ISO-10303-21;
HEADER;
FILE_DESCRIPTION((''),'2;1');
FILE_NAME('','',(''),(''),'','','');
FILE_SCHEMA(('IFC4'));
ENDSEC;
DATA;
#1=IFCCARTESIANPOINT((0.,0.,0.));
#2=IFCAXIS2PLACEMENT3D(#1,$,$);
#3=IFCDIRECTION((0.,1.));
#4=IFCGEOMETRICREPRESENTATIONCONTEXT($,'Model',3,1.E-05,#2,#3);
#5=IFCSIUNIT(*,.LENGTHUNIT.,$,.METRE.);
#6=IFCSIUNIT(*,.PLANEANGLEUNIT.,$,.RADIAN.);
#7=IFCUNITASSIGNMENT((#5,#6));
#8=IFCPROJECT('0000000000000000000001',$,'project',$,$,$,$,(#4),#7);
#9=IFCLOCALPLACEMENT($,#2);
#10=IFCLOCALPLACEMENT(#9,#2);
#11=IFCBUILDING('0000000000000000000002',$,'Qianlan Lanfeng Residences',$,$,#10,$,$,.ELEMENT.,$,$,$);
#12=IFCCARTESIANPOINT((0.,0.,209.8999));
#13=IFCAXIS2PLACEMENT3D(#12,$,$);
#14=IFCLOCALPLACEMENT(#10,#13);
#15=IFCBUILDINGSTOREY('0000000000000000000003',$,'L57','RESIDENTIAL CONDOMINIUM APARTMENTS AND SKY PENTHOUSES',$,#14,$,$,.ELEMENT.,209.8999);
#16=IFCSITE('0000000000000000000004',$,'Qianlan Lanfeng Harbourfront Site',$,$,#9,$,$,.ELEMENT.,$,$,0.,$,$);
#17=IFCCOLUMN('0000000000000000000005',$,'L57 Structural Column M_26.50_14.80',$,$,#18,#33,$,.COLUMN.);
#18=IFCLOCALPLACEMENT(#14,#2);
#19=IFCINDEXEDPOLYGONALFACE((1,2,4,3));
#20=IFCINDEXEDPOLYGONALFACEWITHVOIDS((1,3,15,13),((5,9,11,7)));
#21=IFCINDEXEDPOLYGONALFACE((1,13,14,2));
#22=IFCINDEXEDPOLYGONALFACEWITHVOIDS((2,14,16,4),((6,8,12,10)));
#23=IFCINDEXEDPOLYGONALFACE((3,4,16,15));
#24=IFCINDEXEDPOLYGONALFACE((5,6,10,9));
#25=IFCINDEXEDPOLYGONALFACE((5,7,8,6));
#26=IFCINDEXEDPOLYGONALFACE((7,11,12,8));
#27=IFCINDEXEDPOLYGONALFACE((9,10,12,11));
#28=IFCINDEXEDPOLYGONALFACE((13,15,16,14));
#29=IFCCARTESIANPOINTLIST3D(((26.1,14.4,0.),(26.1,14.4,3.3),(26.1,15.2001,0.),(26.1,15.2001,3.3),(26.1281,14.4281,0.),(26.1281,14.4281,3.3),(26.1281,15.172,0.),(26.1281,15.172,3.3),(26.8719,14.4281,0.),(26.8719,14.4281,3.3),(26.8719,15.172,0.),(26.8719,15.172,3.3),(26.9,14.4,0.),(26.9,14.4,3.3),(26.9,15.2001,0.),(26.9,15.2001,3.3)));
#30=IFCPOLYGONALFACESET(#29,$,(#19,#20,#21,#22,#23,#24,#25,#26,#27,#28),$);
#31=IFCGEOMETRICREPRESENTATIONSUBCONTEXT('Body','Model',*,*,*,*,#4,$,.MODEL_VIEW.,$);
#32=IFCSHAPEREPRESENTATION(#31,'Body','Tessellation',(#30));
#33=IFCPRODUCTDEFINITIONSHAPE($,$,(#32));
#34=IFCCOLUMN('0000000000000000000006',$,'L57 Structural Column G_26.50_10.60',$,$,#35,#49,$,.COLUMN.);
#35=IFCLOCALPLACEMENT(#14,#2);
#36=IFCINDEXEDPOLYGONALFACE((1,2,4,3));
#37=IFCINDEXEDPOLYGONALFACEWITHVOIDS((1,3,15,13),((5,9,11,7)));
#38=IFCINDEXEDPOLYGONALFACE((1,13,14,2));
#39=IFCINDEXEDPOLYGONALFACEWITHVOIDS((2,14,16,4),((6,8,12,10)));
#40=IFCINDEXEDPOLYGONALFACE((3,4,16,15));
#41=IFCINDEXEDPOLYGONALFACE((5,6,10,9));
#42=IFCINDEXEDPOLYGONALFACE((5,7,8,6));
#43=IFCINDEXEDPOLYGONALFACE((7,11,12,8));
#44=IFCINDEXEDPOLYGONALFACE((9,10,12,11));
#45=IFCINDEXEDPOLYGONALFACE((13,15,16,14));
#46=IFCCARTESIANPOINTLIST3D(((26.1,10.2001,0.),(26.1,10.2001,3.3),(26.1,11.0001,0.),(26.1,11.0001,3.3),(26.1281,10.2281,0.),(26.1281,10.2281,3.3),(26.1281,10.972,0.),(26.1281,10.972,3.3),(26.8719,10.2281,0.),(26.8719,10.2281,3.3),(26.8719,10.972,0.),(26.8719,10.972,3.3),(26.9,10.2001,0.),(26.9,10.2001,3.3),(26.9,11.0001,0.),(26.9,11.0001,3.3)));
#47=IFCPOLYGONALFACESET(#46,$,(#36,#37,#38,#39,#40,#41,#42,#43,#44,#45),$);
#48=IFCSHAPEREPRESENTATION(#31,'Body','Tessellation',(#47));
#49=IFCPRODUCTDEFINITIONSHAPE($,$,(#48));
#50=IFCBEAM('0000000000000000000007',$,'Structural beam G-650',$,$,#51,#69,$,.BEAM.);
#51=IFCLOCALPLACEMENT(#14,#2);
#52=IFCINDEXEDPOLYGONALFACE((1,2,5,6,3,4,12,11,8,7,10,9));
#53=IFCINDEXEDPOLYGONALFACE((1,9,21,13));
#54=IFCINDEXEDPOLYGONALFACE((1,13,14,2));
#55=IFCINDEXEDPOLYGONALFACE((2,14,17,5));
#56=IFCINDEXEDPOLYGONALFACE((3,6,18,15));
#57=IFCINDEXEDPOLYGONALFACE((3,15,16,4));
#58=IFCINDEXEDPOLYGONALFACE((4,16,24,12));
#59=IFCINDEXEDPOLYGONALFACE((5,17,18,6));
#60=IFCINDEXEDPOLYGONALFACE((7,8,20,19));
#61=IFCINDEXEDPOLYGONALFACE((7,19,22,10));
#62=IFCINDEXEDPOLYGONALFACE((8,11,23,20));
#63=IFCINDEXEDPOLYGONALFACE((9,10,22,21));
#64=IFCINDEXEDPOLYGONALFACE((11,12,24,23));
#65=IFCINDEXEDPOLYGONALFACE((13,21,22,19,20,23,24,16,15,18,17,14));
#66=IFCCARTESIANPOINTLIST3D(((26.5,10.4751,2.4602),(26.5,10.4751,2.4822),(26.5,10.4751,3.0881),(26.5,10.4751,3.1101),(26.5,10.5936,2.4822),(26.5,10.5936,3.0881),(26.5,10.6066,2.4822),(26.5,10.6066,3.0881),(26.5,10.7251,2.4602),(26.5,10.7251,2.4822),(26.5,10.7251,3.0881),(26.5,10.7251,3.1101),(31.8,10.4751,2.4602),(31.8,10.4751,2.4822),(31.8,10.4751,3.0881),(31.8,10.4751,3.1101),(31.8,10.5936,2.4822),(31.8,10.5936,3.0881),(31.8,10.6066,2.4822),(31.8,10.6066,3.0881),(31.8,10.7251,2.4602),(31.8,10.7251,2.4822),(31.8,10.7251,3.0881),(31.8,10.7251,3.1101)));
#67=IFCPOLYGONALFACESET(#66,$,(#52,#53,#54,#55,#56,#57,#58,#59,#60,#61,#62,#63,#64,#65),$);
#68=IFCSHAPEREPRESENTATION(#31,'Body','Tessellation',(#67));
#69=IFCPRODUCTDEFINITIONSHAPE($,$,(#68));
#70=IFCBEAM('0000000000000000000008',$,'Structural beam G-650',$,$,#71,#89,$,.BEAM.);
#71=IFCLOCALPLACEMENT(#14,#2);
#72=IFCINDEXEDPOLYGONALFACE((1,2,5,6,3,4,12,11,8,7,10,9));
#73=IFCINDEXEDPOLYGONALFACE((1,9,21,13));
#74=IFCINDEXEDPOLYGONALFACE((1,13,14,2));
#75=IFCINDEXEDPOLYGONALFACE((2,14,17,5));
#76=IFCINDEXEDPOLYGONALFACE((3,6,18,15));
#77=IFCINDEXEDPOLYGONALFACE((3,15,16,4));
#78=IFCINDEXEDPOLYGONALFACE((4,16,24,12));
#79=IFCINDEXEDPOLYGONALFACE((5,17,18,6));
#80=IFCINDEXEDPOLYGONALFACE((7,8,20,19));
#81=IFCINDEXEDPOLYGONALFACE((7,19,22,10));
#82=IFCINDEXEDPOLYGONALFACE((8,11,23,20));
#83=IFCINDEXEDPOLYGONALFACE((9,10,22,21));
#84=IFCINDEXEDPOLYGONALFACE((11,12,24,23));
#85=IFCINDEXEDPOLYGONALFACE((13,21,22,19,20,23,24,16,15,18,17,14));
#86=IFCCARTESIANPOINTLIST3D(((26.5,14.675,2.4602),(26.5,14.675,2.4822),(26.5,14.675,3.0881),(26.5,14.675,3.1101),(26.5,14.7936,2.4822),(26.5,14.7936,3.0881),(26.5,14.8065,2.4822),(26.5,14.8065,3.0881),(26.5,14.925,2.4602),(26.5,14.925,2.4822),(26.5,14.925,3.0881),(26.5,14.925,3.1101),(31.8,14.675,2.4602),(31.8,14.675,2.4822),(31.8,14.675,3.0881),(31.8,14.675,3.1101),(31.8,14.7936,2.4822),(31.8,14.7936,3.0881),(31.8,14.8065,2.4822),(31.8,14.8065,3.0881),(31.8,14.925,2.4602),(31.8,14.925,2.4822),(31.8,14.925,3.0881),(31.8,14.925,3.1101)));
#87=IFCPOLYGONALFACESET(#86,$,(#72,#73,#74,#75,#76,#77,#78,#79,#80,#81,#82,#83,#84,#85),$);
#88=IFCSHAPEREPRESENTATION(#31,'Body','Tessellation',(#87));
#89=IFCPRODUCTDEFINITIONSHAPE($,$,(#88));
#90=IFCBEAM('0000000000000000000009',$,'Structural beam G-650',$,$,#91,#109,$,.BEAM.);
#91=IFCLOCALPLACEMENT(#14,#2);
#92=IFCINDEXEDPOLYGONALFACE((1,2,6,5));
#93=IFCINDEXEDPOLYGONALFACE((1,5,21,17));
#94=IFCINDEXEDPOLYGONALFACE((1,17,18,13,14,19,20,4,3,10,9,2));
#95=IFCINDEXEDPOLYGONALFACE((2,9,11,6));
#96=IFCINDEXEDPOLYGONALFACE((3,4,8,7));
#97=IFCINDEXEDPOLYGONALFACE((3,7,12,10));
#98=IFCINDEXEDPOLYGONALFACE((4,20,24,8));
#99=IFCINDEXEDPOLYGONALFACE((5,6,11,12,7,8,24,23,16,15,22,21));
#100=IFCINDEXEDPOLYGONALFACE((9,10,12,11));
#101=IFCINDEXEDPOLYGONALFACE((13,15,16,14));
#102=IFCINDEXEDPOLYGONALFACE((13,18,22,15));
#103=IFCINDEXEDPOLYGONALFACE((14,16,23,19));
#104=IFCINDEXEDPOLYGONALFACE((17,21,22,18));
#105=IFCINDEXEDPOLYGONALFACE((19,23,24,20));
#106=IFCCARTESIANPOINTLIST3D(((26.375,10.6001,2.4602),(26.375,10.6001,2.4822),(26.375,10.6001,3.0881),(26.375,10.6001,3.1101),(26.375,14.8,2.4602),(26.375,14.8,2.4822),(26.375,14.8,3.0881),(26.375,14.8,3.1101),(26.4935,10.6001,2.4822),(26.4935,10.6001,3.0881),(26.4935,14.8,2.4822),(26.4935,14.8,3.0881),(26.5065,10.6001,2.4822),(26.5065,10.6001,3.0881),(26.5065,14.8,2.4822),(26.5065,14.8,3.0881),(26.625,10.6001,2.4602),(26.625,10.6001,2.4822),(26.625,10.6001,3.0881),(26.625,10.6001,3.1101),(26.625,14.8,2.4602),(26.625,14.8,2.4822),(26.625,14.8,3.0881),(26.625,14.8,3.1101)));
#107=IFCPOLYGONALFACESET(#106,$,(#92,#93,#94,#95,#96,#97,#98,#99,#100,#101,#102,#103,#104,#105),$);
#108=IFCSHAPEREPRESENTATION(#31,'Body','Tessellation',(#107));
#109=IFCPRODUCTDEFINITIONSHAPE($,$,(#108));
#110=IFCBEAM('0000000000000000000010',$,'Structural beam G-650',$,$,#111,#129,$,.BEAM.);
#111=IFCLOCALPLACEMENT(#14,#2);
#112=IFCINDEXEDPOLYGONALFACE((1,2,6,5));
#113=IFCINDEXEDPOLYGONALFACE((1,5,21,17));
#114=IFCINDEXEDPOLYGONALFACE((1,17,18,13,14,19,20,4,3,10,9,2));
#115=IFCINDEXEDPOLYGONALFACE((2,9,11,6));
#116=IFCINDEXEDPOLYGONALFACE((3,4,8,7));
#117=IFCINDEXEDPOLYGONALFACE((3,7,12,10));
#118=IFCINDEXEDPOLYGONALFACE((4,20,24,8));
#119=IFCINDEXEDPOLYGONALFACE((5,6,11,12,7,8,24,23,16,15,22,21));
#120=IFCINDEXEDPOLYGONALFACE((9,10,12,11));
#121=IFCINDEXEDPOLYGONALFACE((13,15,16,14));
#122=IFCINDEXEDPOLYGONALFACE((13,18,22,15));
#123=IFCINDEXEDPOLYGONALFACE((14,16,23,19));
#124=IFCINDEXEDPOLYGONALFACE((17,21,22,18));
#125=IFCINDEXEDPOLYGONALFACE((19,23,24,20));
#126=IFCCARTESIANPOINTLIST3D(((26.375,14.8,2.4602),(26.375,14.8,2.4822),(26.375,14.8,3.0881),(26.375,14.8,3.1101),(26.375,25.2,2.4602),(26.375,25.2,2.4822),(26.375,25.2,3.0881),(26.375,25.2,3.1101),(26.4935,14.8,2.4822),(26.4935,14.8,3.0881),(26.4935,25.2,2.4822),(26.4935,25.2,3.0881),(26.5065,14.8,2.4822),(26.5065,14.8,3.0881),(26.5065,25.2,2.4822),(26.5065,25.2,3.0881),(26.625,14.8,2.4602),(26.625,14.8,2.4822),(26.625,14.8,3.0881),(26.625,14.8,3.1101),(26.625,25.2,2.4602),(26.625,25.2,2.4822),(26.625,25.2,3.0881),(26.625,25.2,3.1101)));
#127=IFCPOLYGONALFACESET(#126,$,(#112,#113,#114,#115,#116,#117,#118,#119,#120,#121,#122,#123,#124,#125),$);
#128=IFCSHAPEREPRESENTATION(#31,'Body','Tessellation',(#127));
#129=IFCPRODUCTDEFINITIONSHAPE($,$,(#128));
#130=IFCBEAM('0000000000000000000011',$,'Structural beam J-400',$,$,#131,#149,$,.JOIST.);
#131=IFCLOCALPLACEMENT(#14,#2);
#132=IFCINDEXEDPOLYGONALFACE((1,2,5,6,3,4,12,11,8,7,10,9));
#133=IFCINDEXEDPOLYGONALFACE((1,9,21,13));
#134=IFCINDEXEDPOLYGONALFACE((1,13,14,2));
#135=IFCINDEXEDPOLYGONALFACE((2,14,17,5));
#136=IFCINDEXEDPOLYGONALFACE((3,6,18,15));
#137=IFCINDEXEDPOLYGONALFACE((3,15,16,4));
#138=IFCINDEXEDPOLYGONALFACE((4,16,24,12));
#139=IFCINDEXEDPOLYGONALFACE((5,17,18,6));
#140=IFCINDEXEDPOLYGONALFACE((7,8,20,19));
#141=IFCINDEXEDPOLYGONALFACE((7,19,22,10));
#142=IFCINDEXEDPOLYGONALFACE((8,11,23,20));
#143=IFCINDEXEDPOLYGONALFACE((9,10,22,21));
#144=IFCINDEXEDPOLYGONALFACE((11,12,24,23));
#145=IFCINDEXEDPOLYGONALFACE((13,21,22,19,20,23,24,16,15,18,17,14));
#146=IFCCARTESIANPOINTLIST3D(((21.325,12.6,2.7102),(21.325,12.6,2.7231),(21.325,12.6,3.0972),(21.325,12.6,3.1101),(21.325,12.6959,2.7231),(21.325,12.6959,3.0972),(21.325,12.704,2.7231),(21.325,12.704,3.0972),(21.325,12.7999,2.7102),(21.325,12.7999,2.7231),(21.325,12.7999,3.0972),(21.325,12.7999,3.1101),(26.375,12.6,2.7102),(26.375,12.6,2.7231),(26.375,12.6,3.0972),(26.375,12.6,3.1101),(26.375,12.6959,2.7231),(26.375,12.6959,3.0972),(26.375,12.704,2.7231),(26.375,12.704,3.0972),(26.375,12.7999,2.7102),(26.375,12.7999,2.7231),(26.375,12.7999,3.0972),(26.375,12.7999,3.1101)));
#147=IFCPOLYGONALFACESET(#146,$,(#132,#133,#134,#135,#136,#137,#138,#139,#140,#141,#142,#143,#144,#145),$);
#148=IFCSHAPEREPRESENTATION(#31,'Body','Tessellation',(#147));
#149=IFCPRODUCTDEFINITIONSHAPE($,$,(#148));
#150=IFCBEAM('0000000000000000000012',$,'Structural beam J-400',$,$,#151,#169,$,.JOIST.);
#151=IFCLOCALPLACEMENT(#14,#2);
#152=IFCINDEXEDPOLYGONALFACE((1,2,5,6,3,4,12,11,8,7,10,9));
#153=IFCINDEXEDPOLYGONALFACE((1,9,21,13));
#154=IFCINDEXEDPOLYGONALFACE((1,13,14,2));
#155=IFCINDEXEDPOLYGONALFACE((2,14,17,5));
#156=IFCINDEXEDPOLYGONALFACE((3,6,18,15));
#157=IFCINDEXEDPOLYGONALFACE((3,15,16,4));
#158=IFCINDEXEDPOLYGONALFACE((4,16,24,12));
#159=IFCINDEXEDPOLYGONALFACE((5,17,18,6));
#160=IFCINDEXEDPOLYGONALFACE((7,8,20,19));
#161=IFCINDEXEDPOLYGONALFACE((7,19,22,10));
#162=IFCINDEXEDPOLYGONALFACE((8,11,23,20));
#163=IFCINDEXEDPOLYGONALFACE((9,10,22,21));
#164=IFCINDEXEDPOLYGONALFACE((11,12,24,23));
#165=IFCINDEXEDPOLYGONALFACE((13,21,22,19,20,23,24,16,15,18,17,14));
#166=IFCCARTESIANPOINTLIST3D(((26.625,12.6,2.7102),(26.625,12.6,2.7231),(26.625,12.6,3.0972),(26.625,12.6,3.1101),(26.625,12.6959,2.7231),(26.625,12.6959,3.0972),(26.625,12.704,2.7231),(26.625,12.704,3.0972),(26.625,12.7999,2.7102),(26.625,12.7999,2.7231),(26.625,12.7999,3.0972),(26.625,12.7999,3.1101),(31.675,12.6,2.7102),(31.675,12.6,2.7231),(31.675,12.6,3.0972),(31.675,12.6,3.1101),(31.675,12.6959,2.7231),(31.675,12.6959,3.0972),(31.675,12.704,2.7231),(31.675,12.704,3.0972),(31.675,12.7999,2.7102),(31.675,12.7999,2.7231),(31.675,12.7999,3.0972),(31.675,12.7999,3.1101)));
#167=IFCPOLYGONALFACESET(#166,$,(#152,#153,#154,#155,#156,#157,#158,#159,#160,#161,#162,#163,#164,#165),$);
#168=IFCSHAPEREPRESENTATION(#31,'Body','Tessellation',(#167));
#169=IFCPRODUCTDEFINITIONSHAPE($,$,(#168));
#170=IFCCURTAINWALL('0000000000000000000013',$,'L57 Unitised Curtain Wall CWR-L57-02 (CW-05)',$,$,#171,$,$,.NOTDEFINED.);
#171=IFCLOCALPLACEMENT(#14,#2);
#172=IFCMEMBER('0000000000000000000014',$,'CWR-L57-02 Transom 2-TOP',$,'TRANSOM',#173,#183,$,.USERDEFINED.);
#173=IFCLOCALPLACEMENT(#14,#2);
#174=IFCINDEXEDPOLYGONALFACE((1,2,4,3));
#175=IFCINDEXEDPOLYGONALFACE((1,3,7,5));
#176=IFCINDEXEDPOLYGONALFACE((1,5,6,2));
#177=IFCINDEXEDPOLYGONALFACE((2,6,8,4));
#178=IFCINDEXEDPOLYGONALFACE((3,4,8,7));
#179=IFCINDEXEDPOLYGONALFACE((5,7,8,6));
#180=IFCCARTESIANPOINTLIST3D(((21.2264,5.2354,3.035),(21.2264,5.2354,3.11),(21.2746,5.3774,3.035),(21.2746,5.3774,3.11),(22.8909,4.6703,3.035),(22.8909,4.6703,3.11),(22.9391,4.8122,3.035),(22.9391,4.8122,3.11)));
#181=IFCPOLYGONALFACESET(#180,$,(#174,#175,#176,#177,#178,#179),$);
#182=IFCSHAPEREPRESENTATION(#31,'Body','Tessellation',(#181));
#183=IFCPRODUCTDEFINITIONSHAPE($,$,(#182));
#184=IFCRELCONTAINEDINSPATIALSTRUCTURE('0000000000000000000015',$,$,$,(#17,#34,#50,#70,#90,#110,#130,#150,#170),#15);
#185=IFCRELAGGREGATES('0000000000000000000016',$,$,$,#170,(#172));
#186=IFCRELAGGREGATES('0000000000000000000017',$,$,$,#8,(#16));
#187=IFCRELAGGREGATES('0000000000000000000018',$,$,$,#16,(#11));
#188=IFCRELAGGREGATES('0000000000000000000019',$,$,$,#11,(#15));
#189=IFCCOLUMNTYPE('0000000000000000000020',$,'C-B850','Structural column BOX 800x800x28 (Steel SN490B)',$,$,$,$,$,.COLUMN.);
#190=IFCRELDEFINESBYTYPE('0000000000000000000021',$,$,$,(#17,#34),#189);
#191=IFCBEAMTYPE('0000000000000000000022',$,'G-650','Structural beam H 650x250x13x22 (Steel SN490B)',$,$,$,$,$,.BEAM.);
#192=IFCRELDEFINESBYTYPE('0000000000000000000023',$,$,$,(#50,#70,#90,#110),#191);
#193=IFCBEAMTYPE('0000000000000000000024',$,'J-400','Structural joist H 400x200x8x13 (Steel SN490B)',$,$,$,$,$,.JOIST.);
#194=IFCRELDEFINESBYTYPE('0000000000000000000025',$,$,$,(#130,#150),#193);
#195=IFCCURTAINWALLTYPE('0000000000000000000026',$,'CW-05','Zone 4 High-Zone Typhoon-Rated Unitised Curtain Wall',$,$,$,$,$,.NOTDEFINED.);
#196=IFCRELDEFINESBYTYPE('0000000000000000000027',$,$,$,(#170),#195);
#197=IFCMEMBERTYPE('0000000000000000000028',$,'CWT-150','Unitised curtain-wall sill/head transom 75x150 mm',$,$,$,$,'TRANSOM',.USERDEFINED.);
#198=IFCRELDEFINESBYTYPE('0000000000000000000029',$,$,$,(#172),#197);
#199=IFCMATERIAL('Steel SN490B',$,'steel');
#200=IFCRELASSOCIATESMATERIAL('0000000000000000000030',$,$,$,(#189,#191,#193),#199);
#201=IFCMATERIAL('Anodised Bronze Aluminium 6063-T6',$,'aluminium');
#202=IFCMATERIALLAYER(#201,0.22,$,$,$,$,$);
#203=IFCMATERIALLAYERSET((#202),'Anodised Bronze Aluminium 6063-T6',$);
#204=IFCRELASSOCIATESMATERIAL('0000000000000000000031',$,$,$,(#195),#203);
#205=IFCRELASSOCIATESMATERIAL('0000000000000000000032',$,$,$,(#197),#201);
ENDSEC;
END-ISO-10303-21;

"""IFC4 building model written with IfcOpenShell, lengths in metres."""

from ifc_helpers import new_model, si_unit, direction, frame, origin, origin_2d, place, context, subcontext, project, spatial, rectangle, hollow_rectangle, i_section, extrude, source, transform, mapped, material, layer, layer_set, material_profile, profile_set, type_object, element, aggregate, save


model = new_model("IFC4")

# Units and contexts
model_context = context("Model", 3, precision=1e-05, world=origin(), true_north=direction((0.0, 1.0)))
body_context = subcontext(model_context, "Body", "Model", "MODEL_VIEW")
ifc_project = project(units=[si_unit("LENGTHUNIT", "METRE"), si_unit("PLANEANGLEUNIT", "RADIAN")], contexts=[model_context])

# Site, building, storey
site_placement = place(None, origin())
site = spatial("IfcSite", under=ifc_project, at=site_placement, Name="Qianlan Lanfeng Harbourfront Site", CompositionType="ELEMENT", RefElevation=0.0)
building_placement = place(site_placement, origin())
building = spatial("IfcBuilding", under=site, at=building_placement, Name="Qianlan Lanfeng Residences", CompositionType="ELEMENT")
storey_placement = place(building_placement, frame((0.0, 0.0, 209.8999)))
storey = spatial("IfcBuildingStorey", under=building, at=storey_placement, Name="L57", Description="RESIDENTIAL CONDOMINIUM APARTMENTS AND SKY PENTHOUSES", CompositionType="ELEMENT", Elevation=209.8999)

# Columns
ifc_material_1 = material(Name="Steel SN490B", Category="steel")
ifc_material_profile_1 = material_profile(ifc_material_1, hollow_rectangle(XDim=0.8, YDim=0.8, WallThickness=0.0281, at=origin_2d()), Name="BOX 800x800x28")
ifc_profile_set_1 = profile_set([ifc_material_profile_1], Name="Steel SN490B")
column_type = type_object("IfcColumnType", Name="C-B850", Description="Structural column BOX 800x800x28 (Steel SN490B)", PredefinedType="COLUMN", material=ifc_profile_set_1)
for number, where, z_axis, x_axis, name in (
    (1, (26.5, 14.8, 0.0), (0.0, 0.0, 1.0), (1.0, 0.0, 0.0), "L57 Structural Column M_26.50_14.80"),
    (2, (26.5, 10.6001, 0.0), (0.0, 0.0, 1.0), (1.0, 0.0, 0.0), "L57 Structural Column G_26.50_10.60"),
):
    element("IfcColumn", number, at=place(storey_placement, frame(where, z_axis=z_axis, x_axis=x_axis)), inside=storey, type_object=column_type, Name=name, PredefinedType="COLUMN", context=body_context, shape_type="SweptSolid", body=[
        extrude(hollow_rectangle(XDim=0.8, YDim=0.8, WallThickness=0.0281, at=origin_2d()), origin(), (0.0, 0.0, 1.0), 3.3),
    ])

# Beams
ifc_material_profile_2 = material_profile(ifc_material_1, i_section(OverallWidth=0.25, OverallDepth=0.6499, WebThickness=0.0129, FlangeThickness=0.022, at=origin_2d()), Name="H 650x250x13x22")
ifc_profile_set_2 = profile_set([ifc_material_profile_2], Name="Steel SN490B")
beam_type_1 = type_object("IfcBeamType", Name="G-650", Description="Structural beam H 650x250x13x22 (Steel SN490B)", PredefinedType="BEAM", material=ifc_profile_set_2)
for number, where, z_axis, x_axis, name in (
    (3, (26.5, 10.6001, 2.7852), (1.0, 0.0, 0.0), (0.0, 1.0, 0.0), "Structural beam G-650"),
    (4, (26.5, 14.8, 2.7852), (1.0, 0.0, 0.0), (0.0, 1.0, 0.0), "Structural beam G-650"),
):
    element("IfcBeam", number, at=place(storey_placement, frame(where, z_axis=z_axis, x_axis=x_axis)), inside=storey, type_object=beam_type_1, Name=name, PredefinedType="BEAM", context=body_context, shape_type="SweptSolid", body=[
        extrude(i_section(OverallWidth=0.25, OverallDepth=0.6499, WebThickness=0.0129, FlangeThickness=0.022, at=origin_2d()), origin(), (0.0, 0.0, 1.0), 5.3),
    ])
beam_1_placement = place(storey_placement, frame((26.5, 10.6001, 2.7852), z_axis=(0.0, 1.0, 0.0), x_axis=(-1.0, 0.0, 0.0)))
element("IfcBeam", 5, at=beam_1_placement, inside=storey, type_object=beam_type_1, Name="Structural beam G-650", PredefinedType="BEAM", context=body_context, shape_type="SweptSolid", body=[
    extrude(i_section(OverallWidth=0.25, OverallDepth=0.6499, WebThickness=0.0129, FlangeThickness=0.022, at=origin_2d()), origin(), (0.0, 0.0, 1.0), 4.2),
])
beam_2_placement = place(storey_placement, frame((26.5, 14.8, 2.7852), z_axis=(0.0, 1.0, 0.0), x_axis=(-1.0, 0.0, 0.0)))
element("IfcBeam", 6, at=beam_2_placement, inside=storey, type_object=beam_type_1, Name="Structural beam G-650", PredefinedType="BEAM", context=body_context, shape_type="SweptSolid", body=[
    extrude(i_section(OverallWidth=0.25, OverallDepth=0.6499, WebThickness=0.0129, FlangeThickness=0.022, at=origin_2d()), origin(), (0.0, 0.0, 1.0), 10.3999),
])
ifc_material_profile_3 = material_profile(ifc_material_1, i_section(OverallWidth=0.2, OverallDepth=0.3999, WebThickness=0.0081, FlangeThickness=0.0129, at=origin_2d()), Name="H 400x200x8x13")
ifc_profile_set_3 = profile_set([ifc_material_profile_3], Name="Steel SN490B")
beam_type_2 = type_object("IfcBeamType", Name="J-400", Description="Structural joist H 400x200x8x13 (Steel SN490B)", PredefinedType="JOIST", material=ifc_profile_set_3)
for number, where, z_axis, x_axis, name in (
    (7, (21.325, 12.7, 2.9102), (1.0, 0.0, 0.0), (0.0, 1.0, 0.0), "Structural beam J-400"),
    (8, (26.625, 12.7, 2.9102), (1.0, 0.0, 0.0), (0.0, 1.0, 0.0), "Structural beam J-400"),
):
    element("IfcBeam", number, at=place(storey_placement, frame(where, z_axis=z_axis, x_axis=x_axis)), inside=storey, type_object=beam_type_2, Name=name, PredefinedType="JOIST", context=body_context, shape_type="SweptSolid", body=[
        extrude(i_section(OverallWidth=0.2, OverallDepth=0.3999, WebThickness=0.0081, FlangeThickness=0.0129, at=origin_2d()), origin(), (0.0, 0.0, 1.0), 5.05),
    ])

# Curtain wall, member
ifc_material_2 = material(Name="Anodised Bronze Aluminium 6063-T6", Category="aluminium")
ifc_layer_1 = layer(ifc_material_2, 0.22)
ifc_layer_set_1 = layer_set([ifc_layer_1], Name="Anodised Bronze Aluminium 6063-T6")
curtain_wall_type = type_object("IfcCurtainWallType", Name="CW-05", Description="Zone 4 High-Zone Typhoon-Rated Unitised Curtain Wall", PredefinedType="NOTDEFINED", material=ifc_layer_set_1)
curtain_wall_1_placement = place(storey_placement, origin())
curtain_wall_1 = element("IfcCurtainWall", 9, at=curtain_wall_1_placement, inside=storey, type_object=curtain_wall_type, Name="L57 Unitised Curtain Wall CWR-L57-02 (CW-05)", PredefinedType="NOTDEFINED")
ifc_material_profile_4 = material_profile(ifc_material_2, rectangle(XDim=0.075, YDim=0.1499, at=origin_2d()), Name="ALU TRANSOM 75x150")
ifc_profile_set_4 = profile_set([ifc_material_profile_4], Name="Anodised Bronze Aluminium 6063-T6")
member_type_1 = type_object("IfcMemberType", Name="CWT-150", Description="Unitised curtain-wall sill/head transom 75x150 mm", ElementType="TRANSOM", PredefinedType="USERDEFINED", material=ifc_profile_set_4)
shared_shape_1 = source(origin(), body_context, "Body", "SweptSolid", [
    extrude(rectangle(XDim=0.075, YDim=0.1499, at=origin_2d()), origin(), (0.0, 0.0, 1.0), 1.7578),
])
member_1_placement = place(storey_placement, frame((21.2505, 5.3064, 3.0725), z_axis=(0.946905, -0.321514, 0.0), x_axis=(0.0, 0.0, 1.0)))
member_1 = element("IfcMember", 10, at=member_1_placement, type_object=member_type_1, Name="CWR-L57-02 Transom 2-TOP", ObjectType="TRANSOM", PredefinedType="USERDEFINED", context=body_context, shape_type="MappedRepresentation", body=[
    mapped(shared_shape_1, transform((0.0, 0.0, 0.0), scale=1.0)),
])

aggregate(curtain_wall_1, [member_1])

save(model, "model.ifc")
